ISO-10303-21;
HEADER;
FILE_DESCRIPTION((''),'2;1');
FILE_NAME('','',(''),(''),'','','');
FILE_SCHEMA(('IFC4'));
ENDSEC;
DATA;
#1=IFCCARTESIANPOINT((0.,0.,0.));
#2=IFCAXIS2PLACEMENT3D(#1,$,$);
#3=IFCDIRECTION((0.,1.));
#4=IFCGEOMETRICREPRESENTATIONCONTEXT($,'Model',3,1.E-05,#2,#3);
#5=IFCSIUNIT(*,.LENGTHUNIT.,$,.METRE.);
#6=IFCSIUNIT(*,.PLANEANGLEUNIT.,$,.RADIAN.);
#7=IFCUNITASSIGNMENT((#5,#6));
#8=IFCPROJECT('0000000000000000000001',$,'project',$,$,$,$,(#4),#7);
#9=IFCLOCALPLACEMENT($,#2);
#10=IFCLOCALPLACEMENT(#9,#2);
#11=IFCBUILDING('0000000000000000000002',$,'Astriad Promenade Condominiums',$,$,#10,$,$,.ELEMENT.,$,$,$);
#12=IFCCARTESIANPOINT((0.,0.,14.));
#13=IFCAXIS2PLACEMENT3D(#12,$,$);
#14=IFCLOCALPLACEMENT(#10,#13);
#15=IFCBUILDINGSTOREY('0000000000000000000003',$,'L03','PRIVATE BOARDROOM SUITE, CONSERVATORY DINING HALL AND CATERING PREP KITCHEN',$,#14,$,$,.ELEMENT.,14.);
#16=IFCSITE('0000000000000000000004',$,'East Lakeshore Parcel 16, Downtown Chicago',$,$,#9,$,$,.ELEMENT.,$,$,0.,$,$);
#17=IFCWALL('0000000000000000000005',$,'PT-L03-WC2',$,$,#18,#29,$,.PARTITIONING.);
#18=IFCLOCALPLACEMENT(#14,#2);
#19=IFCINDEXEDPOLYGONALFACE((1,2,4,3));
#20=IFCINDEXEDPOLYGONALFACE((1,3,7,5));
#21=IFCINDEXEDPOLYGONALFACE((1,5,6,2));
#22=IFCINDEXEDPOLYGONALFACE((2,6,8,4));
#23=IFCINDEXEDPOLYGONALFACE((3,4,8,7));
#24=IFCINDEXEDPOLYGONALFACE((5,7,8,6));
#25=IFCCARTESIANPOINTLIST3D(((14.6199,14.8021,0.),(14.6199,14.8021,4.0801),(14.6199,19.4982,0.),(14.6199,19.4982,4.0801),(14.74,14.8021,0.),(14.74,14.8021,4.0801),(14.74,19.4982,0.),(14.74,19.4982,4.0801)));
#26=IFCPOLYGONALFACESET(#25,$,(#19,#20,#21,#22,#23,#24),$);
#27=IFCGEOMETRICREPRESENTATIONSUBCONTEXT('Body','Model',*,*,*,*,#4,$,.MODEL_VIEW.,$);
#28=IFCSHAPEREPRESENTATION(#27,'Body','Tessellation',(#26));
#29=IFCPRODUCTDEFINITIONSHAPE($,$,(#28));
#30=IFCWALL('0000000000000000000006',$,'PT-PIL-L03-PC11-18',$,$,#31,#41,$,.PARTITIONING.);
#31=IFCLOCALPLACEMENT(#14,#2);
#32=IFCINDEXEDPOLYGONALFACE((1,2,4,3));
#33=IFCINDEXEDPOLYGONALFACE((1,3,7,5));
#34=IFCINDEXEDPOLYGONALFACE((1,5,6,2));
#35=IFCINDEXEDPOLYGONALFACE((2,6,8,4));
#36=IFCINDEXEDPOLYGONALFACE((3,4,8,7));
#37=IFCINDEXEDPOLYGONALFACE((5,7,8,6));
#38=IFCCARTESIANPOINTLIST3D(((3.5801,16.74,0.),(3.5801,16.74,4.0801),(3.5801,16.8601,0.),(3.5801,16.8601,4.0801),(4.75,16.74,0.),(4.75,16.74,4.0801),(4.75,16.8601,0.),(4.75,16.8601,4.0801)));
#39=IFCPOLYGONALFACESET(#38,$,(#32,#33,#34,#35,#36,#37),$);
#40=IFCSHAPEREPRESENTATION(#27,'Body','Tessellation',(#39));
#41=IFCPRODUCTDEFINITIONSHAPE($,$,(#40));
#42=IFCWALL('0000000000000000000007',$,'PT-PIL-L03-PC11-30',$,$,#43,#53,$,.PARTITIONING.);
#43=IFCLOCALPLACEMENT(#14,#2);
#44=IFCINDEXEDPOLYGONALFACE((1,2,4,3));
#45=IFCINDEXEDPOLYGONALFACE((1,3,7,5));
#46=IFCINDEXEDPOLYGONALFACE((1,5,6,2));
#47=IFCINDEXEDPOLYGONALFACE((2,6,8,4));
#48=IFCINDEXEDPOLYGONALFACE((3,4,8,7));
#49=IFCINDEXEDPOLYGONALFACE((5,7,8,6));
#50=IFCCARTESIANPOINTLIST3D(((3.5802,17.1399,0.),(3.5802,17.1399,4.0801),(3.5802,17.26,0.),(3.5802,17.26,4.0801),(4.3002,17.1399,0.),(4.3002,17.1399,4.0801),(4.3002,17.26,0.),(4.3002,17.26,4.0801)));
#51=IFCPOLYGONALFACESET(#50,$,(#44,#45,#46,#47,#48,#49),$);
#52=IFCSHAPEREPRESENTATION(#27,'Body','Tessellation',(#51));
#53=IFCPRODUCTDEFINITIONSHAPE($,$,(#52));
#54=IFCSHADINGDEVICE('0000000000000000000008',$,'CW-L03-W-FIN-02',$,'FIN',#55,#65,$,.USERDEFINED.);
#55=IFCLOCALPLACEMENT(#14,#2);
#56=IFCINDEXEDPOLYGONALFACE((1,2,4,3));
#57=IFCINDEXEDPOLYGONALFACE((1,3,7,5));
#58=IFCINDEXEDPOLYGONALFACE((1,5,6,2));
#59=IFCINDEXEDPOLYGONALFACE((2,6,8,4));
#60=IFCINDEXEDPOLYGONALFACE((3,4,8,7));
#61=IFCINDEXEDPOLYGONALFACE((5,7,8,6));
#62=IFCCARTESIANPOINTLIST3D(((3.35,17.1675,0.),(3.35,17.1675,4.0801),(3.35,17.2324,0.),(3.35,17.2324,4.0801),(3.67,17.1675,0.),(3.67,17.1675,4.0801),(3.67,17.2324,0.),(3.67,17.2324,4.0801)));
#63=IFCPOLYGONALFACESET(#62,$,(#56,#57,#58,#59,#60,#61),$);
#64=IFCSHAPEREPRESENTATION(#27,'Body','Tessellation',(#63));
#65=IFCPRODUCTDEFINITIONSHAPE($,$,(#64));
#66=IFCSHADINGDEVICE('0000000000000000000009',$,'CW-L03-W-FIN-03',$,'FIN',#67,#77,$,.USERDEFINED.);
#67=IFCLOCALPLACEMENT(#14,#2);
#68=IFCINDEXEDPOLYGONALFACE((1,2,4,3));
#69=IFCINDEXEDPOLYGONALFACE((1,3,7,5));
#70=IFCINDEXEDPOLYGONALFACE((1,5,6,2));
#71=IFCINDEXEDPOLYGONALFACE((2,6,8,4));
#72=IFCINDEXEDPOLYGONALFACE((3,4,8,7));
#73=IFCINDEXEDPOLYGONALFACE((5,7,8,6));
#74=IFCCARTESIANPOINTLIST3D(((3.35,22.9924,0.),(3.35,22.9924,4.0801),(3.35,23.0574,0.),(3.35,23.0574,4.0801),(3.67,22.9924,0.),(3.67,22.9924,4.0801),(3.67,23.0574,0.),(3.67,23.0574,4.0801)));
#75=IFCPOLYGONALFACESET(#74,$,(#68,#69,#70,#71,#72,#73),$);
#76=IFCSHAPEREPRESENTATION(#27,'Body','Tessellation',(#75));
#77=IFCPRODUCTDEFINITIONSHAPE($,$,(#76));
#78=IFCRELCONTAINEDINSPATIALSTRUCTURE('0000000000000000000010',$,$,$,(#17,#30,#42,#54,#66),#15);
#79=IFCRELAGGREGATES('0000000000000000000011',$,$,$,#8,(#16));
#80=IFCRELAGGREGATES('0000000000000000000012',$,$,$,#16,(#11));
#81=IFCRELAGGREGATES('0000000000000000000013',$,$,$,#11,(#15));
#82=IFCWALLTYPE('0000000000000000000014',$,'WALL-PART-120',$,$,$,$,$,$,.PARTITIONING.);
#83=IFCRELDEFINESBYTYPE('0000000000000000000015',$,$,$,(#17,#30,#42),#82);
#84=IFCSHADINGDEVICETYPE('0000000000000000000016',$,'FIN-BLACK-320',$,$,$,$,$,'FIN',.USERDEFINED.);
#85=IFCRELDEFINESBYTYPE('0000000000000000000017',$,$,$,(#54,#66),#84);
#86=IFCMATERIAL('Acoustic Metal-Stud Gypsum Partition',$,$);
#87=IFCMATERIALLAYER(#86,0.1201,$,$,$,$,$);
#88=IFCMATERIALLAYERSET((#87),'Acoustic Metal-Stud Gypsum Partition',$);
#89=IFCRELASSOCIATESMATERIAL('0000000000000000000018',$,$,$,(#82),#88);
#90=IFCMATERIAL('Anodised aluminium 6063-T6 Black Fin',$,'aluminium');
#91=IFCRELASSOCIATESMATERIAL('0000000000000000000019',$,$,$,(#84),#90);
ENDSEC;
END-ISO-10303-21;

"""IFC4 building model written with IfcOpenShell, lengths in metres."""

from ifc_helpers import new_model, si_unit, direction, frame, frame_2d, origin, origin_2d, place, context, subcontext, project, spatial, rectangle, extrude, source, transform, mapped, material, layer, layer_set, type_object, type_shapes, element, save


model = new_model("IFC4")

# Units and contexts
model_context = context("Model", 3, precision=1e-05, world=origin(), true_north=direction((0.0, 1.0)))
body_context = subcontext(model_context, "Body", "Model", "MODEL_VIEW")
ifc_project = project(units=[si_unit("LENGTHUNIT", "METRE"), si_unit("PLANEANGLEUNIT", "RADIAN")], contexts=[model_context])

# Site, building, storey
site_placement = place(None, origin())
site = spatial("IfcSite", under=ifc_project, at=site_placement, Name="East Lakeshore Parcel 16, Downtown Chicago", CompositionType="ELEMENT", RefElevation=0.0)
building_placement = place(site_placement, origin())
building = spatial("IfcBuilding", under=site, at=building_placement, Name="Astriad Promenade Condominiums", CompositionType="ELEMENT")
storey_placement = place(building_placement, frame((0.0, 0.0, 14.0)))
storey = spatial("IfcBuildingStorey", under=building, at=storey_placement, Name="L03", Description="PRIVATE BOARDROOM SUITE, CONSERVATORY DINING HALL AND CATERING PREP KITCHEN", CompositionType="ELEMENT", Elevation=14.0)

# Walls
ifc_material_1 = material(Name="Acoustic Metal-Stud Gypsum Partition")
ifc_layer_1 = layer(ifc_material_1, 0.1201)
ifc_layer_set_1 = layer_set([ifc_layer_1], Name="Acoustic Metal-Stud Gypsum Partition")
wall_type_1 = type_object("IfcWallType", Name="WALL-PART-120", PredefinedType="PARTITIONING", material=ifc_layer_set_1)
wall_1_placement = place(storey_placement, frame((14.6799, 14.802, 0.0), z_axis=(0.0, 0.0, 1.0), x_axis=(0.0, 1.0, 0.0)))
element("IfcWall", 1, at=wall_1_placement, inside=storey, type_object=wall_type_1, Name="PT-L03-WC2", PredefinedType="PARTITIONING", context=body_context, shape_type="SweptSolid", body=[
    extrude(rectangle(XDim=4.696, YDim=0.1201, at=frame_2d((2.3481, 0.0))), origin(), (0.0, 0.0, 1.0), 4.0801),
])
wall_2_placement = place(storey_placement, frame((4.75, 16.8, 0.0), z_axis=(0.0, 0.0, 1.0), x_axis=(-1.0, 0.0, 0.0)))
element("IfcWall", 2, at=wall_2_placement, inside=storey, type_object=wall_type_1, Name="PT-PIL-L03-PC11-18", PredefinedType="PARTITIONING", context=body_context, shape_type="SweptSolid", body=[
    extrude(rectangle(XDim=1.1699, YDim=0.1201, at=frame_2d((0.585, 0.0))), origin(), (0.0, 0.0, 1.0), 4.0801),
])
wall_3_placement = place(storey_placement, frame((4.3, 17.2, 0.0), z_axis=(0.0, 0.0, 1.0), x_axis=(-1.0, 0.0, 0.0)))
element("IfcWall", 3, at=wall_3_placement, inside=storey, type_object=wall_type_1, Name="PT-PIL-L03-PC11-30", PredefinedType="PARTITIONING", context=body_context, shape_type="SweptSolid", body=[
    extrude(rectangle(XDim=0.72, YDim=0.1201, at=frame_2d((0.3599, 0.0))), origin(), (0.0, 0.0, 1.0), 4.0801),
])

# Shading devices
ifc_material_2 = material(Name="Anodised aluminium 6063-T6 Black Fin", Category="aluminium")
shading_device_type = type_object("IfcShadingDeviceType", Name="FIN-BLACK-320", ElementType="FIN", PredefinedType="USERDEFINED", material=ifc_material_2)
shared_shape_1 = source(origin(), body_context, "Body", "SweptSolid", [
    extrude(rectangle(XDim=0.0649, YDim=0.3201, at=origin_2d()), origin(), (0.0, 0.0, 1.0), 4.0801),
])
type_shapes(shading_device_type, [shared_shape_1])
for number, where, z_axis, x_axis, name in (
    (4, (3.51, 17.2, 0.0), (0.0, 0.0, 1.0), (0.0, 1.0, 0.0), "CW-L03-W-FIN-02"),
    (5, (3.51, 23.0249, 0.0), (0.0, 0.0, 1.0), (0.0, 1.0, 0.0), "CW-L03-W-FIN-03"),
):
    element("IfcShadingDevice", number, at=place(storey_placement, frame(where, z_axis=z_axis, x_axis=x_axis)), inside=storey, type_object=shading_device_type, Name=name, ObjectType="FIN", PredefinedType="USERDEFINED", context=body_context, shape_type="MappedRepresentation", body=[
        mapped(shared_shape_1, transform((0.0, 0.0, 0.0), scale=1.0)),
    ])

save(model, "model.ifc")
